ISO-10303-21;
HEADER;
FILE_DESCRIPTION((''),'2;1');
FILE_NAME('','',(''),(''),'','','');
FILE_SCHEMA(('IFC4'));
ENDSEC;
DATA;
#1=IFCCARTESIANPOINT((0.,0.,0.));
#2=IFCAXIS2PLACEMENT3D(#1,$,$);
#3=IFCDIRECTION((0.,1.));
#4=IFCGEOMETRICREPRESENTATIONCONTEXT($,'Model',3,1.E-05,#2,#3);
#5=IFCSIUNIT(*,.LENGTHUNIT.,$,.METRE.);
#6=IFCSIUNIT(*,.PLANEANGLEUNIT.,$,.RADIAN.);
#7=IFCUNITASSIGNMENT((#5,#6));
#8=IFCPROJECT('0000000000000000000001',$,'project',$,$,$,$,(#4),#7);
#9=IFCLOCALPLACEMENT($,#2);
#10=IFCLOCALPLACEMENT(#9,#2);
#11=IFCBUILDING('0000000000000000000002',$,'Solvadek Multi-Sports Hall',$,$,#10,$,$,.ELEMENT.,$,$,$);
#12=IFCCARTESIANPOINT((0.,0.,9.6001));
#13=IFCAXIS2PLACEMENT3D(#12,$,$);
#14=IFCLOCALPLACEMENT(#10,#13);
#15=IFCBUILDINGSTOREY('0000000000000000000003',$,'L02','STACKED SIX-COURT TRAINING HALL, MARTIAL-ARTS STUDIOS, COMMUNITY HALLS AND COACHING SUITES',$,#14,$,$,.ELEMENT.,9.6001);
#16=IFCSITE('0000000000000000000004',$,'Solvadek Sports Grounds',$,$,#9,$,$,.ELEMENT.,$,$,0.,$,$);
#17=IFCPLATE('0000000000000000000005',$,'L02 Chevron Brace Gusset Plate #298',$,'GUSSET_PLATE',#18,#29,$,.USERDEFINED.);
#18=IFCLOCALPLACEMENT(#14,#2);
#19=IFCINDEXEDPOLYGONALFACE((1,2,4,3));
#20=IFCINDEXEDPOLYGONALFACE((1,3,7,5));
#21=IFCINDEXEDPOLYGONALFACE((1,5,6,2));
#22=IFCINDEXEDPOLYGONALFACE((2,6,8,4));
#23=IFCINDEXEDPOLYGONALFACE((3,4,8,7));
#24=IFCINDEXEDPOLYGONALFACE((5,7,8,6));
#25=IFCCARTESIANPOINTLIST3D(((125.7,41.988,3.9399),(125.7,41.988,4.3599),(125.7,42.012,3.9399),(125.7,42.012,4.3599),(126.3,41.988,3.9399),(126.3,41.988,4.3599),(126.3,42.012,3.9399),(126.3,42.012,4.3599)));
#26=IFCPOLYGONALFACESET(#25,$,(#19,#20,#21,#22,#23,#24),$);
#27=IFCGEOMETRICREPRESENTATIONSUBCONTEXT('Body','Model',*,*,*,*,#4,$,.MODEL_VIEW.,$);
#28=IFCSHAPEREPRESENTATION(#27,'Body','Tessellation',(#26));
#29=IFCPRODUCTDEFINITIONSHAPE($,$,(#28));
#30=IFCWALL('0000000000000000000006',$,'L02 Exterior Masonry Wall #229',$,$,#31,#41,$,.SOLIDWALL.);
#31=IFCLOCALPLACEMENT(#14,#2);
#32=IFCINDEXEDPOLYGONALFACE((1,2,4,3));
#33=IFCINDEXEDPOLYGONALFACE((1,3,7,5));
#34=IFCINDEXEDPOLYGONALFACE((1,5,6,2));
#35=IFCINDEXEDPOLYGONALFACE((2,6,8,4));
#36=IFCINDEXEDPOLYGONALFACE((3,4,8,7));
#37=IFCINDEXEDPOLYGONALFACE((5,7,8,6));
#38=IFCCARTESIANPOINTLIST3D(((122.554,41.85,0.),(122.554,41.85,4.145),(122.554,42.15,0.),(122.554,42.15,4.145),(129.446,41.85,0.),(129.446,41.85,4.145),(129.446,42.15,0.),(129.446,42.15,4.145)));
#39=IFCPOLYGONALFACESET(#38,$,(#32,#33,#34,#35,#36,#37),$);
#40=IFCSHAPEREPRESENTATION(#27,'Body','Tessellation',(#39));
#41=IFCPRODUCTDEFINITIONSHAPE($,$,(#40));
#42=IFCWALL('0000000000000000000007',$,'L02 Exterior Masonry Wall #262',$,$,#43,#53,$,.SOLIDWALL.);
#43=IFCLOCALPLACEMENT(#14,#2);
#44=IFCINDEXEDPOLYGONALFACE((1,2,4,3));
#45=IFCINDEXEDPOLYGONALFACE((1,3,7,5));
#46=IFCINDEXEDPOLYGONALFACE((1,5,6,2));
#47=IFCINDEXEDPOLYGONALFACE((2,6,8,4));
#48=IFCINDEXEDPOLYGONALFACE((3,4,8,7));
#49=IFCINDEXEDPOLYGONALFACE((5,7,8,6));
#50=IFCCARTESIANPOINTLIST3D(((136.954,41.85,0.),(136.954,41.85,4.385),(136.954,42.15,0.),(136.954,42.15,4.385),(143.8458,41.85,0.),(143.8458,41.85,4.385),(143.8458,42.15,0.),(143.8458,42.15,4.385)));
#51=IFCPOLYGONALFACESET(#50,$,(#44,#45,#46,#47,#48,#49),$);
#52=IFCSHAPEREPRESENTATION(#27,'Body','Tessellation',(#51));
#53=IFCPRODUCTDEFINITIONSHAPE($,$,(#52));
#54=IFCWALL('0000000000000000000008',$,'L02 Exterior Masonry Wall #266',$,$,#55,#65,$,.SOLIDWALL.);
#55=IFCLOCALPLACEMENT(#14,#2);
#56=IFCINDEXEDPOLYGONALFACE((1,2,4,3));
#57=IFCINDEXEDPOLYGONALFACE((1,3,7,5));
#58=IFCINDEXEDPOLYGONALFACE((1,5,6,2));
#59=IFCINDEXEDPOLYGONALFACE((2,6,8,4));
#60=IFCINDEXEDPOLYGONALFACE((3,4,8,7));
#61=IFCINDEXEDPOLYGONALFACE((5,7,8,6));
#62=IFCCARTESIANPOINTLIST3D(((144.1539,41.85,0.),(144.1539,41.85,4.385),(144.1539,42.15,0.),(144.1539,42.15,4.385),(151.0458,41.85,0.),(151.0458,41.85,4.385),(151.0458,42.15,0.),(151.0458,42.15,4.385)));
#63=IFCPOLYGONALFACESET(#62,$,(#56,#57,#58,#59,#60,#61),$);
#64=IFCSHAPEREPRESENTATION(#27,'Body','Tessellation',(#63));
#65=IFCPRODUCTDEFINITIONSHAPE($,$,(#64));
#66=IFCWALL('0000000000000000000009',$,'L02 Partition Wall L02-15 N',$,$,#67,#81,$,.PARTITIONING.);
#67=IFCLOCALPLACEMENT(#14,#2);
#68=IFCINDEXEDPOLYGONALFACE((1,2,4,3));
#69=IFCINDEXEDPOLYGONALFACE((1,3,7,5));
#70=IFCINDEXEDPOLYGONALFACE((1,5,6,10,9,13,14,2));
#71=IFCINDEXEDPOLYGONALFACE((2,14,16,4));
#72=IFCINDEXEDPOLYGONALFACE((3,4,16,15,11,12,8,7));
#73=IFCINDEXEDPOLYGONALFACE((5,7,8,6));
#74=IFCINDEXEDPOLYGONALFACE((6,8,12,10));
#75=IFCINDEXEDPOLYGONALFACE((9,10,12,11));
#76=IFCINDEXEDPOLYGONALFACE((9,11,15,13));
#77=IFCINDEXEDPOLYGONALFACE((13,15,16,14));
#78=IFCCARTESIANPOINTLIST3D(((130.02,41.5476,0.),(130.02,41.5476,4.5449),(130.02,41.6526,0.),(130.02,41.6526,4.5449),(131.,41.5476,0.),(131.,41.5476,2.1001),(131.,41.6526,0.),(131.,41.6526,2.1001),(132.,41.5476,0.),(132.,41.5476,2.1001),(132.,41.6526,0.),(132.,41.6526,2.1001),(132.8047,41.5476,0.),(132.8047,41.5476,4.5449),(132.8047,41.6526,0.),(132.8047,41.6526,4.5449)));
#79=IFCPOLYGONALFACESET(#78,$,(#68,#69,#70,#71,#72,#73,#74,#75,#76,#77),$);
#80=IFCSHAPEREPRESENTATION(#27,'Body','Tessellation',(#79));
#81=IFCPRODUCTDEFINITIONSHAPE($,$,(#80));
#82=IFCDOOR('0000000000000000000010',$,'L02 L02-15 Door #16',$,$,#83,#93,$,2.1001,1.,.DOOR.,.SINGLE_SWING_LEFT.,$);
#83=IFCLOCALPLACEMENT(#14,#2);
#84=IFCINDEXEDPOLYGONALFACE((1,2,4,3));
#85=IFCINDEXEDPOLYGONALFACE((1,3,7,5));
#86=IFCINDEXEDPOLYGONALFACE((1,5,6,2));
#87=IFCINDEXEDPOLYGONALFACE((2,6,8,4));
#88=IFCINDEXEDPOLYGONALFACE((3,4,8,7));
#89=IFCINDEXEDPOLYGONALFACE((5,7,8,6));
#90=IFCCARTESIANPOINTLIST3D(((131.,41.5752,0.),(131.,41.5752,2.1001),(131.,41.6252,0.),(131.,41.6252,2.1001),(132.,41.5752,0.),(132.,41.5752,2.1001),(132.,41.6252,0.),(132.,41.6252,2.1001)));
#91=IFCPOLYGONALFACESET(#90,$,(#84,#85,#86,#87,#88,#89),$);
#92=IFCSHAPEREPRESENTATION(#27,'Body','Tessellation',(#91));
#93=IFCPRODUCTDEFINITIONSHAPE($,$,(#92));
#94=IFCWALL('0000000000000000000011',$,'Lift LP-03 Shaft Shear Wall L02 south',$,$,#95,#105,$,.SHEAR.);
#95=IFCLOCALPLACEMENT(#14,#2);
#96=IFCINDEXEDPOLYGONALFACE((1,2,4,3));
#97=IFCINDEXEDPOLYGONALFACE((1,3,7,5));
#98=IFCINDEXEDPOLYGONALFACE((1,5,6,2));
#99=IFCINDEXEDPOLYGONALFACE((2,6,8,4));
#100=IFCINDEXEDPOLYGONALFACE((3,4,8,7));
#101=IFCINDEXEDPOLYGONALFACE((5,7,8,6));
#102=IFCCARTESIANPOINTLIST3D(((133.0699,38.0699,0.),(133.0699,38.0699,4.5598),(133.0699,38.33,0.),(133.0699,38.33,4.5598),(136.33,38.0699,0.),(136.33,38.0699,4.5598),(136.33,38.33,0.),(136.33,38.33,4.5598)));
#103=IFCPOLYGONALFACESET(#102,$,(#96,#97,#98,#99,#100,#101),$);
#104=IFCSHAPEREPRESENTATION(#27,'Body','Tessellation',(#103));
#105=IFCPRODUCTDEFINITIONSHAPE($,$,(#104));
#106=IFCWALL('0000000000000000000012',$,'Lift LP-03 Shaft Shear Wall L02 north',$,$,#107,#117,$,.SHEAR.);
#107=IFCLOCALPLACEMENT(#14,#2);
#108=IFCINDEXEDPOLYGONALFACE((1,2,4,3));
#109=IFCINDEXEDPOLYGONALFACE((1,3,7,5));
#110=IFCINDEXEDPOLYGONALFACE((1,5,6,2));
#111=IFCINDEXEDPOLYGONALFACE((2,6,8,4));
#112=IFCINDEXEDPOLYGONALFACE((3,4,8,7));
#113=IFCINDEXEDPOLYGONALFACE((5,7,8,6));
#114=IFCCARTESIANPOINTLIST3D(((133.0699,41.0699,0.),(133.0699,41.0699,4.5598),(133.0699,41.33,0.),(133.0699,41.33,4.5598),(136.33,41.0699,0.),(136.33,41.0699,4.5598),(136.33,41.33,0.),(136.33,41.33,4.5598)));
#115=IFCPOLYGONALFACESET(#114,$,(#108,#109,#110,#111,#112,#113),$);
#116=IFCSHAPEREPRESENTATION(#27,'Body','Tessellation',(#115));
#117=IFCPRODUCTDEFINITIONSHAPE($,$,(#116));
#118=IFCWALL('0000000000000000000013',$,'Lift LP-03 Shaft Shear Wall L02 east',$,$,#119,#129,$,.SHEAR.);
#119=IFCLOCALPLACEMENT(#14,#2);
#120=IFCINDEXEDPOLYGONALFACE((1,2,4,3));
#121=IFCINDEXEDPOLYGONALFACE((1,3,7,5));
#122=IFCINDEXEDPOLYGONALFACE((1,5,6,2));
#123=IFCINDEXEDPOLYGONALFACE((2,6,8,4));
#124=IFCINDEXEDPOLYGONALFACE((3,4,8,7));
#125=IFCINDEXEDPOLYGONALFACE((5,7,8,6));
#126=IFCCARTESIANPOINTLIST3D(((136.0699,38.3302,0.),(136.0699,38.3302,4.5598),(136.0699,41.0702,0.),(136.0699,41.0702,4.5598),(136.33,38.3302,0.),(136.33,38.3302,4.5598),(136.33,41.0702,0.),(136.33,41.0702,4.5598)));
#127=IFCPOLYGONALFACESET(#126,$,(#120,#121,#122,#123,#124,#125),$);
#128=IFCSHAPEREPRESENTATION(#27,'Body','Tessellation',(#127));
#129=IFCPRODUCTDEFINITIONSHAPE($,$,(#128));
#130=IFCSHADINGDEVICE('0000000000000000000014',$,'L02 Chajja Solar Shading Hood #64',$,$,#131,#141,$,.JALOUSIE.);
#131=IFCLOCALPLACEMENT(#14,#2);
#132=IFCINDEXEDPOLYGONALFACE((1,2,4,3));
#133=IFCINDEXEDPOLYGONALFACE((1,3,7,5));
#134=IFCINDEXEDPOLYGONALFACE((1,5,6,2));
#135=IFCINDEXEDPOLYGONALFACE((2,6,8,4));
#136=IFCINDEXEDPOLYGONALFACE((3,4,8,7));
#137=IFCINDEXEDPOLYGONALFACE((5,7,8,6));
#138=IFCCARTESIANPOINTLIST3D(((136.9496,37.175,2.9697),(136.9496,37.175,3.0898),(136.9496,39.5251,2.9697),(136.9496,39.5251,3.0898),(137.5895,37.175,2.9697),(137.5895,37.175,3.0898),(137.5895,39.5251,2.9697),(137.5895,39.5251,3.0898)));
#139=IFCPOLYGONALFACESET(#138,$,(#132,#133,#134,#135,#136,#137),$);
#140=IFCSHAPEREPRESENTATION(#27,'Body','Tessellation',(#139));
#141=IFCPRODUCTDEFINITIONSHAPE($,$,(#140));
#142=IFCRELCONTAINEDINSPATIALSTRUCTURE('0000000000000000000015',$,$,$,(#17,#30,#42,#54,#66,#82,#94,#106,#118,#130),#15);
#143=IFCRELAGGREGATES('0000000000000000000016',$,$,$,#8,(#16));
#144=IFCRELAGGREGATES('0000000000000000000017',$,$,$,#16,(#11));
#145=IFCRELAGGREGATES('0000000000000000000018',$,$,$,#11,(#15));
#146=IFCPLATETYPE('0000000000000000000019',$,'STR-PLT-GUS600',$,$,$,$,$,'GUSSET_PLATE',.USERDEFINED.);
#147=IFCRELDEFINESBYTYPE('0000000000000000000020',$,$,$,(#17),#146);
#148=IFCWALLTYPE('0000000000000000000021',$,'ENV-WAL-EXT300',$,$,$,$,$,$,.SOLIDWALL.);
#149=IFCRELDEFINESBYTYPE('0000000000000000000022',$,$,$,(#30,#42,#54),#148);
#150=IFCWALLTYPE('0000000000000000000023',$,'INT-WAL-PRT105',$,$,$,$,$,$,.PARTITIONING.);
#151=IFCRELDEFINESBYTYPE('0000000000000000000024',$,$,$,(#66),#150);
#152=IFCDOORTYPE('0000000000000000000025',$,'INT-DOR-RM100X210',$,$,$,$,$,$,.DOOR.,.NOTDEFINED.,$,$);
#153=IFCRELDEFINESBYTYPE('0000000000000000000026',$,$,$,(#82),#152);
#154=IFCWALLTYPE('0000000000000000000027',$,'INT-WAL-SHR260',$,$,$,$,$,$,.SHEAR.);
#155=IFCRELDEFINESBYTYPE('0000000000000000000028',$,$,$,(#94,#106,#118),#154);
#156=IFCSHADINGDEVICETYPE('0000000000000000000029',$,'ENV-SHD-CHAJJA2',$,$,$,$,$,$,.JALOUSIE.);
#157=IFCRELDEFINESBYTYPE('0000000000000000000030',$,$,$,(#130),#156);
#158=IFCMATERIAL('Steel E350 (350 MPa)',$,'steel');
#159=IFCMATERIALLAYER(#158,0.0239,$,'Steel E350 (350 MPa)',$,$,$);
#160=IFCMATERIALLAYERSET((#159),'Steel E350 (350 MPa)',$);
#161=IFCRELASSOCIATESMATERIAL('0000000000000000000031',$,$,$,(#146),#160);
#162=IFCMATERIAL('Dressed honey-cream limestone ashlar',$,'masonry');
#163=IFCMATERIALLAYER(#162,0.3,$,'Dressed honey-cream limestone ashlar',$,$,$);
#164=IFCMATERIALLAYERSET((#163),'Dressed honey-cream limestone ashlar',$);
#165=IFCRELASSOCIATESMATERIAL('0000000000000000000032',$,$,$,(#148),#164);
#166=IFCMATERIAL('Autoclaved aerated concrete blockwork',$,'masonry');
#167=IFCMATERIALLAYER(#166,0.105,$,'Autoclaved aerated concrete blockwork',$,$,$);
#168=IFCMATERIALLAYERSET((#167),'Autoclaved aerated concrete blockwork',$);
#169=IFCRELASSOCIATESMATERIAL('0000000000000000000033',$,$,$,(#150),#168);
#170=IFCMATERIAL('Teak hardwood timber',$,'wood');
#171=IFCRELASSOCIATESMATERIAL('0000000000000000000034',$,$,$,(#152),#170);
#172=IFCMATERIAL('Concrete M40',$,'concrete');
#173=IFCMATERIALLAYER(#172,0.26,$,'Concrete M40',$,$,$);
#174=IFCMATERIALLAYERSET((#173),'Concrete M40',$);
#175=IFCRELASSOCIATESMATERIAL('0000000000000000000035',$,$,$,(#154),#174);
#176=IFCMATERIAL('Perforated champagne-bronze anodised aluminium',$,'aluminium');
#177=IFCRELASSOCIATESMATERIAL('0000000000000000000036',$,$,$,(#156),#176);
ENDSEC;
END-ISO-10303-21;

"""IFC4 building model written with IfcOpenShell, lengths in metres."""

from ifc_helpers import new_model, si_unit, direction, frame, frame_2d, origin, origin_2d, place, context, subcontext, project, spatial, rectangle, extrude, material, layer, layer_set, type_object, element, fill, save


model = new_model("IFC4")

# Units and contexts
model_context = context("Model", 3, precision=1e-05, world=origin(), true_north=direction((0.0, 1.0)))
body_context = subcontext(model_context, "Body", "Model", "MODEL_VIEW")
ifc_project = project(units=[si_unit("LENGTHUNIT", "METRE"), si_unit("PLANEANGLEUNIT", "RADIAN")], contexts=[model_context])

# Site, building, storey
site_placement = place(None, origin())
site = spatial("IfcSite", under=ifc_project, at=site_placement, Name="Solvadek Sports Grounds", CompositionType="ELEMENT", RefElevation=0.0)
building_placement = place(site_placement, origin())
building = spatial("IfcBuilding", under=site, at=building_placement, Name="Solvadek Multi-Sports Hall", CompositionType="ELEMENT")
storey_placement = place(building_placement, frame((0.0, 0.0, 9.6001)))
storey = spatial("IfcBuildingStorey", under=building, at=storey_placement, Name="L02", Description="STACKED SIX-COURT TRAINING HALL, MARTIAL-ARTS STUDIOS, COMMUNITY HALLS AND COACHING SUITES", CompositionType="ELEMENT", Elevation=9.6001)

# Shared definitions
ifc_material_1 = material(Name="Steel E350 (350 MPa)", Category="steel")

# Plate
ifc_layer_1 = layer(ifc_material_1, 0.0239, Name="Steel E350 (350 MPa)")
ifc_layer_set_1 = layer_set([ifc_layer_1], Name="Steel E350 (350 MPa)")
plate_type_1 = type_object("IfcPlateType", Name="STR-PLT-GUS600", ElementType="GUSSET_PLATE", PredefinedType="USERDEFINED", material=ifc_layer_set_1)
for number, where, z_axis, x_axis, name in (
    (1, (126.0, 42.0, 3.9399), (0.0, 0.0, 1.0), (1.0, 0.0, 0.0), "L02 Chevron Brace Gusset Plate #298"),
):
    element("IfcPlate", number, at=place(storey_placement, frame(where, z_axis=z_axis, x_axis=x_axis)), inside=storey, type_object=plate_type_1, Name=name, ObjectType="GUSSET_PLATE", PredefinedType="USERDEFINED", context=body_context, shape_type="SweptSolid", body=[
        extrude(rectangle(XDim=0.6001, YDim=0.0239, at=origin_2d()), origin(), (0.0, 0.0, 1.0), 0.4199),
    ])

# Walls
ifc_material_2 = material(Name="Dressed honey-cream limestone ashlar", Category="masonry")
ifc_layer_2 = layer(ifc_material_2, 0.3, Name="Dressed honey-cream limestone ashlar")
ifc_layer_set_2 = layer_set([ifc_layer_2], Name="Dressed honey-cream limestone ashlar")
wall_type_1 = type_object("IfcWallType", Name="ENV-WAL-EXT300", PredefinedType="SOLIDWALL", material=ifc_layer_set_2)
wall_1_placement = place(storey_placement, frame((122.554, 42.0, 0.0), z_axis=(0.0, 0.0, 1.0), x_axis=(1.0, 0.0, 0.0)))
element("IfcWall", 2, at=wall_1_placement, inside=storey, type_object=wall_type_1, Name="L02 Exterior Masonry Wall #229", PredefinedType="SOLIDWALL", context=body_context, shape_type="SweptSolid", body=[
    extrude(rectangle(XDim=6.8921, YDim=0.3, at=frame_2d((3.446, 0.0))), origin(), (0.0, 0.0, 1.0), 4.145),
])
for number, where, z_axis, x_axis, name in (
    (3, (136.9541, 42.0, 0.0), (0.0, 0.0, 1.0), (1.0, 0.0, 0.0), "L02 Exterior Masonry Wall #262"),
    (4, (144.1541, 42.0, 0.0), (0.0, 0.0, 1.0), (1.0, 0.0, 0.0), "L02 Exterior Masonry Wall #266"),
):
    element("IfcWall", number, at=place(storey_placement, frame(where, z_axis=z_axis, x_axis=x_axis)), inside=storey, type_object=wall_type_1, Name=name, PredefinedType="SOLIDWALL", context=body_context, shape_type="SweptSolid", body=[
        extrude(rectangle(XDim=6.8918, YDim=0.3, at=frame_2d((3.4458, 0.0))), origin(), (0.0, 0.0, 1.0), 4.385),
    ])

# Wall, opening, door
ifc_material_3 = material(Name="Autoclaved aerated concrete blockwork", Category="masonry")
ifc_layer_3 = layer(ifc_material_3, 0.105, Name="Autoclaved aerated concrete blockwork")
ifc_layer_set_3 = layer_set([ifc_layer_3], Name="Autoclaved aerated concrete blockwork")
wall_type_2 = type_object("IfcWallType", Name="INT-WAL-PRT105", PredefinedType="PARTITIONING", material=ifc_layer_set_3)
wall_2_placement = place(storey_placement, frame((130.02, 41.6001, 0.0), z_axis=(0.0, 0.0, 1.0), x_axis=(1.0, 0.0, 0.0)))
wall_2 = element("IfcWall", 5, at=wall_2_placement, inside=storey, type_object=wall_type_2, Name="L02 Partition Wall L02-15 N", PredefinedType="PARTITIONING", context=body_context, shape_type="SweptSolid", body=[
    extrude(rectangle(XDim=2.7847, YDim=0.105, at=frame_2d((1.3923, 0.0))), origin(), (0.0, 0.0, 1.0), 4.5449),
])
opening_1_placement = place(wall_2_placement, frame((0.98, 0.0, 0.0)))
opening_1 = element("IfcOpeningElement", 6, at=opening_1_placement, cuts=wall_2, PredefinedType="OPENING", context=body_context, shape_type="SweptSolid", body=[
    extrude(rectangle(XDim=1.0, YDim=2.1001, at=frame_2d((0.5, 1.05))), frame((0.0, 0.0625, 0.0), z_axis=(0.0, -1.0, 0.0), x_axis=(1.0, 0.0, 0.0)), (0.0, 0.0, 1.0), 0.125),
])
ifc_material_4 = material(Name="Teak hardwood timber", Category="wood")
door_type_1 = type_object("IfcDoorType", Name="INT-DOR-RM100X210", OperationType="NOTDEFINED", PredefinedType="DOOR", material=ifc_material_4)
door_1_placement = place(opening_1_placement, frame((1.0, 0.0, 0.0), z_axis=(0.0, 0.0, 1.0), x_axis=(-1.0, 0.0, 0.0)))
door_1 = element("IfcDoor", 7, at=door_1_placement, inside=storey, type_object=door_type_1, Name="L02 L02-15 Door #16", OperationType="SINGLE_SWING_LEFT", OverallHeight=2.1001, OverallWidth=1.0, PredefinedType="DOOR", context=body_context, shape_type="SweptSolid", body=[
    extrude(rectangle(XDim=1.0, YDim=2.1001, at=frame_2d((0.5, 1.05))), frame((0.0, 0.0249, 0.0), z_axis=(0.0, -1.0, 0.0), x_axis=(1.0, 0.0, 0.0)), (0.0, 0.0, 1.0), 0.05),
])
fill(opening_1, door_1)

# Walls
ifc_material_5 = material(Name="Concrete M40", Category="concrete")
ifc_layer_4 = layer(ifc_material_5, 0.26, Name="Concrete M40")
ifc_layer_set_4 = layer_set([ifc_layer_4], Name="Concrete M40")
wall_type_3 = type_object("IfcWallType", Name="INT-WAL-SHR260", PredefinedType="SHEAR", material=ifc_layer_set_4)
for number, where, z_axis, x_axis, name in (
    (8, (133.0701, 38.2, 0.0), (0.0, 0.0, 1.0), (1.0, 0.0, 0.0), "Lift LP-03 Shaft Shear Wall L02 south"),
    (9, (133.0701, 41.2, 0.0), (0.0, 0.0, 1.0), (1.0, 0.0, 0.0), "Lift LP-03 Shaft Shear Wall L02 north"),
):
    element("IfcWall", number, at=place(storey_placement, frame(where, z_axis=z_axis, x_axis=x_axis)), inside=storey, type_object=wall_type_3, Name=name, PredefinedType="SHEAR", context=body_context, shape_type="SweptSolid", body=[
        extrude(rectangle(XDim=3.26, YDim=0.26, at=frame_2d((1.6299, 0.0))), origin(), (0.0, 0.0, 1.0), 4.5598),
    ])

# Wall
wall_3_placement = place(storey_placement, frame((136.2, 38.3301, 0.0), z_axis=(0.0, 0.0, 1.0), x_axis=(0.0, 1.0, 0.0)))
element("IfcWall", 10, at=wall_3_placement, inside=storey, type_object=wall_type_3, Name="Lift LP-03 Shaft Shear Wall L02 east", PredefinedType="SHEAR", context=body_context, shape_type="SweptSolid", body=[
    extrude(rectangle(XDim=2.74, YDim=0.26, at=frame_2d((1.3701, 0.0))), origin(), (0.0, 0.0, 1.0), 4.5598),
])

# Shading device
ifc_material_6 = material(Name="Perforated champagne-bronze anodised aluminium", Category="aluminium")
shading_device_type = type_object("IfcShadingDeviceType", Name="ENV-SHD-CHAJJA2", PredefinedType="JALOUSIE", material=ifc_material_6)
shading_device_placement = place(storey_placement, frame((137.2695, 38.3501, 2.9697), z_axis=(0.0, 0.0, 1.0), x_axis=(0.0, 1.0, 0.0)))
element("IfcShadingDevice", 11, at=shading_device_placement, inside=storey, type_object=shading_device_type, Name="L02 Chajja Solar Shading Hood #64", PredefinedType="JALOUSIE", context=body_context, shape_type="SweptSolid", body=[
    extrude(rectangle(XDim=2.3501, YDim=0.6399, at=origin_2d()), origin(), (0.0, 0.0, 1.0), 0.1201),
])

save(model, "model.ifc")
